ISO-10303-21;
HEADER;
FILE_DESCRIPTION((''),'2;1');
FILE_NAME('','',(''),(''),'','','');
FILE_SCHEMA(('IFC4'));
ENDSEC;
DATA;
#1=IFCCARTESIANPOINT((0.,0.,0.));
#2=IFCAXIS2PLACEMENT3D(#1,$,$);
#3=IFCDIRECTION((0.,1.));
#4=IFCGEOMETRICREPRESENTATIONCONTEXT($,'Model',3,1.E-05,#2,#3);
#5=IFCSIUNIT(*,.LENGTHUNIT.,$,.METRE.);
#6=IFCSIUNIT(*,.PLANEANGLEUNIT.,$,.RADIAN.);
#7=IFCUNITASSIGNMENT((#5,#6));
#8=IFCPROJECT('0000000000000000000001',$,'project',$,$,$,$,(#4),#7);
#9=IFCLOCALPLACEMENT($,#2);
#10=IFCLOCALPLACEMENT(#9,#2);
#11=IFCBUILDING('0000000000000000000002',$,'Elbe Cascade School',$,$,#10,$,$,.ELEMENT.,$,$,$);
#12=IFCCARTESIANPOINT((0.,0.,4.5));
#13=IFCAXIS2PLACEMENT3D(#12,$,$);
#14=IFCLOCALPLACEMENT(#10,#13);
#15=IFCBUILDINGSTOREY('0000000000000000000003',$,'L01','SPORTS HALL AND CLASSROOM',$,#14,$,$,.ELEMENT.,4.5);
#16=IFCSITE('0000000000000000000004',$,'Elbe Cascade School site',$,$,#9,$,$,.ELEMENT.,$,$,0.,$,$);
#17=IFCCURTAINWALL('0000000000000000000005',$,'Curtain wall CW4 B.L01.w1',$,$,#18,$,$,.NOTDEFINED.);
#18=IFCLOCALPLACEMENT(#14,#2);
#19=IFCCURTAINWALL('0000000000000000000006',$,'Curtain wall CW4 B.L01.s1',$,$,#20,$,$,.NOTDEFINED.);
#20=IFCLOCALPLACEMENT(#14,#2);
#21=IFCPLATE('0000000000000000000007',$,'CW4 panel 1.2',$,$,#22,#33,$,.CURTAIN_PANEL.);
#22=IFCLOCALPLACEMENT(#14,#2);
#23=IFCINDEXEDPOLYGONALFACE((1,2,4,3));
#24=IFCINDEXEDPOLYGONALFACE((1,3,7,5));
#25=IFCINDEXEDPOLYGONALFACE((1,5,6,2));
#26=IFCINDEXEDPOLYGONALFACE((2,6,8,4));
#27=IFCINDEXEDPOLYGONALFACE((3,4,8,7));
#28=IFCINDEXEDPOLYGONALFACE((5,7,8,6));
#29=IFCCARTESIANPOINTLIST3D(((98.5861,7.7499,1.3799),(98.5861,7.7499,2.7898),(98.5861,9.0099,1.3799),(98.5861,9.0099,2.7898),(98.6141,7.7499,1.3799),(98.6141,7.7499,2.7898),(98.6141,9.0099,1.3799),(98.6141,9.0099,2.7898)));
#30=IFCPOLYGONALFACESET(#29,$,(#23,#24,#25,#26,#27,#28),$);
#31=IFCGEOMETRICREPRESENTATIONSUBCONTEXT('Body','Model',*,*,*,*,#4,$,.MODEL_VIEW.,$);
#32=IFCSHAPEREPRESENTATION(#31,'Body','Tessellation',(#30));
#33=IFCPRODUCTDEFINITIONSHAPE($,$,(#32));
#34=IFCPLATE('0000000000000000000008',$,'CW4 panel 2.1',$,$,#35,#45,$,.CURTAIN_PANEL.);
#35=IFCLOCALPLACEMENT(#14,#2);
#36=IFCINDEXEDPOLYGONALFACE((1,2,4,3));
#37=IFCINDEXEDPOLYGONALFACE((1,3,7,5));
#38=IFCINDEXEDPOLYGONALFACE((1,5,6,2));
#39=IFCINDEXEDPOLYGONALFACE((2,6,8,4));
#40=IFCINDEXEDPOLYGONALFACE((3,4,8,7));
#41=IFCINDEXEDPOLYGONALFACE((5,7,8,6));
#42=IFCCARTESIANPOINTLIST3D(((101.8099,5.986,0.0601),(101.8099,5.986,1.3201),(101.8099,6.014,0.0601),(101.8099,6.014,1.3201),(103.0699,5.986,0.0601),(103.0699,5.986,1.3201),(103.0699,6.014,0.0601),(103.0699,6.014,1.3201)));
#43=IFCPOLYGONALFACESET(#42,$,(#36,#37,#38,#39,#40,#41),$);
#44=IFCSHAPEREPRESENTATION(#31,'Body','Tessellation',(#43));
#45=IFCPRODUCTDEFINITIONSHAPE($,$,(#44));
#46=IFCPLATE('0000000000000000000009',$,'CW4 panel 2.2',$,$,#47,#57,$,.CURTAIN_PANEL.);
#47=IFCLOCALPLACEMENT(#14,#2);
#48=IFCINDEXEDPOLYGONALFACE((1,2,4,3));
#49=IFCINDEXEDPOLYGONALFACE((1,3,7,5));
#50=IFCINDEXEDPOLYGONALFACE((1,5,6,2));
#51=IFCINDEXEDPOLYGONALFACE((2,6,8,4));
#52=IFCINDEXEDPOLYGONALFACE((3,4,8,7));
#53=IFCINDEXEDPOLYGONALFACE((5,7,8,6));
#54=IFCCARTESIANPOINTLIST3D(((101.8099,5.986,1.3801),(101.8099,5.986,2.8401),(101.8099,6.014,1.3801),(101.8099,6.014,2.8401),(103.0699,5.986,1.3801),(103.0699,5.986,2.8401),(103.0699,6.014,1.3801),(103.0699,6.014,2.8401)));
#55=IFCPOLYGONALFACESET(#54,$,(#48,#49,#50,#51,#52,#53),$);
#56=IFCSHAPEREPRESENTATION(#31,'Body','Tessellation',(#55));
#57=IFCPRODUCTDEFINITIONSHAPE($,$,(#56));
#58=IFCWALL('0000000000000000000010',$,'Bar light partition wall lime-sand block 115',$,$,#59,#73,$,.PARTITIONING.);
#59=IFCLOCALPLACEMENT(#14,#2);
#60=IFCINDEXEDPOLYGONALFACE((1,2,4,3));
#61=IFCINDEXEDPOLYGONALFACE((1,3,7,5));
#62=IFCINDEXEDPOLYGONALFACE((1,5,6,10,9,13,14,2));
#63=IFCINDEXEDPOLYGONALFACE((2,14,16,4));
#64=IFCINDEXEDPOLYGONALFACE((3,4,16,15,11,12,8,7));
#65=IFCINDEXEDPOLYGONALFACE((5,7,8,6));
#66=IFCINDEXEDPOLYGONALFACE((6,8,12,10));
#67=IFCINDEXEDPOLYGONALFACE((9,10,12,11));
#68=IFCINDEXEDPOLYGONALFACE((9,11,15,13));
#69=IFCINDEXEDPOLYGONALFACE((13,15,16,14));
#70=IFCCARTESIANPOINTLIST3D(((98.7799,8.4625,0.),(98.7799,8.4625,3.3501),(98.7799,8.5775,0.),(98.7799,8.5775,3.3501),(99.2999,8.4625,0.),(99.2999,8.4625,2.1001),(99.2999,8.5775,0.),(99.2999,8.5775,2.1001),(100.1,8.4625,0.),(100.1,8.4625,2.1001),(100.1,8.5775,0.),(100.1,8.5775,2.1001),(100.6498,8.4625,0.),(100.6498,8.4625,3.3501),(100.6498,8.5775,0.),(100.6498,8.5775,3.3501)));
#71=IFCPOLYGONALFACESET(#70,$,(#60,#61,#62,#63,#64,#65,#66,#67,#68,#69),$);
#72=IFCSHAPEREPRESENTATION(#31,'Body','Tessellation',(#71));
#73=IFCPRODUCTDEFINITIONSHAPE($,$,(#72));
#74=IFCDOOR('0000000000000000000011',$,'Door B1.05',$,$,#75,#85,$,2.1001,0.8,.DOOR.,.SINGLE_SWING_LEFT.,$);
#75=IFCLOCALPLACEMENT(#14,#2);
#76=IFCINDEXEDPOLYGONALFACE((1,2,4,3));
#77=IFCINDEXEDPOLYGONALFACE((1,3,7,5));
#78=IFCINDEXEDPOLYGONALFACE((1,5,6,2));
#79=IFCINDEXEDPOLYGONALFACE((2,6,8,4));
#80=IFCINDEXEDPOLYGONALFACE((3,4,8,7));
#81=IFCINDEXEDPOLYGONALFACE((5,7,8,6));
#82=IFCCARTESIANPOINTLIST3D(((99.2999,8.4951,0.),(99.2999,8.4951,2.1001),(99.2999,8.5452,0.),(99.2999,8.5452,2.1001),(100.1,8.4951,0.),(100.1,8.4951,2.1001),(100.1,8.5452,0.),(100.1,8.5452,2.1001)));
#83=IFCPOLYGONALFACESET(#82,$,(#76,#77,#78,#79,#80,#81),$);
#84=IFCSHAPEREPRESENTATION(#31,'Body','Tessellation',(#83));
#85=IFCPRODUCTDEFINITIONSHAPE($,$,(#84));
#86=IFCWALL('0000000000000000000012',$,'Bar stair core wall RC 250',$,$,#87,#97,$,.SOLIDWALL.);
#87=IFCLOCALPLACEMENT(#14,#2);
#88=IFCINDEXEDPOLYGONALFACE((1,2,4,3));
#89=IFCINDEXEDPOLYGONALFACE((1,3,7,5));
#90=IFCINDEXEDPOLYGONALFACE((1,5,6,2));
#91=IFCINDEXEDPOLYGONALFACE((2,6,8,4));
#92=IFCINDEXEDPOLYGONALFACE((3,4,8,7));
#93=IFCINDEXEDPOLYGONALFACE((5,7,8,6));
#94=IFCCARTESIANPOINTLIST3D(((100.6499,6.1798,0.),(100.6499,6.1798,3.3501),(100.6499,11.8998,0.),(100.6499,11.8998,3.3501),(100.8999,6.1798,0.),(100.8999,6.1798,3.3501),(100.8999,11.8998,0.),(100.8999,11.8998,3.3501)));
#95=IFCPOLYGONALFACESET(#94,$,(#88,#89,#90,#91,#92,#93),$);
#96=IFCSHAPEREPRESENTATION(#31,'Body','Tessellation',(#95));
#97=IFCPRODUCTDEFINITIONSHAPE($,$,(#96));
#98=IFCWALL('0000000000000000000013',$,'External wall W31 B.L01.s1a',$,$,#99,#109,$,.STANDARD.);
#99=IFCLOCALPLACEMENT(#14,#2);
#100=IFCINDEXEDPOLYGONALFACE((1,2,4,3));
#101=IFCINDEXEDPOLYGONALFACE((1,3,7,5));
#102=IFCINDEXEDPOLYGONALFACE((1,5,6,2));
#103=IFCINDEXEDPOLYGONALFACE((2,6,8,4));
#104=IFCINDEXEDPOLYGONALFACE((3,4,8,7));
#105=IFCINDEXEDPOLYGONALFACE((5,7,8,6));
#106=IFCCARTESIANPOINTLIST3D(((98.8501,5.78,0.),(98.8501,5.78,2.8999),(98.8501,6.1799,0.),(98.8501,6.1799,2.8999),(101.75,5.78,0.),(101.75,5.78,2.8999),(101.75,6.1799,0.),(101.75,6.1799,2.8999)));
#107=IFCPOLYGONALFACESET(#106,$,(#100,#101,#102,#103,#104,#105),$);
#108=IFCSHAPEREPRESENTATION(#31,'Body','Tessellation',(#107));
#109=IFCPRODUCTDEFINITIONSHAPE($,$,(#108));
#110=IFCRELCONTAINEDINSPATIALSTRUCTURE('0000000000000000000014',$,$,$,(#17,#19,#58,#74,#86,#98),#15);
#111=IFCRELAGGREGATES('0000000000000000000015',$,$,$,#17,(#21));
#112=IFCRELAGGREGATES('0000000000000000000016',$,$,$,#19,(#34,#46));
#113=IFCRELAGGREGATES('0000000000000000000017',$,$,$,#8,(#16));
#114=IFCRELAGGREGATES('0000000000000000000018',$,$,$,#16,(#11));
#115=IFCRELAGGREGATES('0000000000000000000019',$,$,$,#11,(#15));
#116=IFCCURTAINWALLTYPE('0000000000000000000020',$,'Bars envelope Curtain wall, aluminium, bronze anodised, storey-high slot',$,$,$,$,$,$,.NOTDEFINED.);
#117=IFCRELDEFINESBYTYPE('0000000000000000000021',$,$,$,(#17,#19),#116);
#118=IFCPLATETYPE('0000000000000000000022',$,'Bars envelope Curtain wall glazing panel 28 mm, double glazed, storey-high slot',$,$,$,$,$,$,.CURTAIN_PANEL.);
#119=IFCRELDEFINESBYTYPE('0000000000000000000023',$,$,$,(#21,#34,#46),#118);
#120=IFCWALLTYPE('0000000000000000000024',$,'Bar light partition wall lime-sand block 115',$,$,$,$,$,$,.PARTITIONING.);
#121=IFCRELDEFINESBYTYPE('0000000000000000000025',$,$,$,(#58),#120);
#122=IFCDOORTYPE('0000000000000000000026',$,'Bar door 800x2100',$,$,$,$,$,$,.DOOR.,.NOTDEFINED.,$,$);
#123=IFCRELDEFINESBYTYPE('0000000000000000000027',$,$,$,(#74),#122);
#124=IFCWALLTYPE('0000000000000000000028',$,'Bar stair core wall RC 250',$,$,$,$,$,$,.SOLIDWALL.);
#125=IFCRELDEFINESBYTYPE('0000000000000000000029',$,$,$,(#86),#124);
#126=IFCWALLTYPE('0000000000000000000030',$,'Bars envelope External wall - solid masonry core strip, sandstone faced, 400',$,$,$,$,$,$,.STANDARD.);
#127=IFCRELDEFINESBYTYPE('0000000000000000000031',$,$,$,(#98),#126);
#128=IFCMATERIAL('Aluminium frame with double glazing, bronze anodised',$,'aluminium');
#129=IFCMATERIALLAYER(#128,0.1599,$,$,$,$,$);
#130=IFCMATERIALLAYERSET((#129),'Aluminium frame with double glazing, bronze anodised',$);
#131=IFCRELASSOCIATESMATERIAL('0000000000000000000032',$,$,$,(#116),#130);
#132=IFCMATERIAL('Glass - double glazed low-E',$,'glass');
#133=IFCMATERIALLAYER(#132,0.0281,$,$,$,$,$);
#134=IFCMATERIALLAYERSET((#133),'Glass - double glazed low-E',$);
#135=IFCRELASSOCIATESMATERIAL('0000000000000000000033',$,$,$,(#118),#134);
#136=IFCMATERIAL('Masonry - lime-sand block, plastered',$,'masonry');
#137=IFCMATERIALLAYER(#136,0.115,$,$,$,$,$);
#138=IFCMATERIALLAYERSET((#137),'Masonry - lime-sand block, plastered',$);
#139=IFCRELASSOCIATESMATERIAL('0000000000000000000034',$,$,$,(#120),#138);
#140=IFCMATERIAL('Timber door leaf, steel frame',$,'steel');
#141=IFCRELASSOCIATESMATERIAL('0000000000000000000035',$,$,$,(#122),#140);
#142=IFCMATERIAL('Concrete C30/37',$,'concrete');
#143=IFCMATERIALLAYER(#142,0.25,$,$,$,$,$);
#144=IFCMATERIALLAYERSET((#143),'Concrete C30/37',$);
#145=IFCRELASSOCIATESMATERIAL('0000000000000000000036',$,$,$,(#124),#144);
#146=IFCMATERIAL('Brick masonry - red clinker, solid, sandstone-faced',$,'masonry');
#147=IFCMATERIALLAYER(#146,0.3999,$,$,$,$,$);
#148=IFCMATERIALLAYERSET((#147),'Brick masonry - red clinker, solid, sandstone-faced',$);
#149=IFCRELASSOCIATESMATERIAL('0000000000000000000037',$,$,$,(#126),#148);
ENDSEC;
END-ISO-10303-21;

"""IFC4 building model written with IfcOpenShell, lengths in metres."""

from ifc_helpers import new_model, si_unit, direction, frame, frame_2d, origin, origin_2d, place, context, subcontext, project, spatial, rectangle, extrude, material, layer, layer_set, type_object, element, fill, aggregate, save


model = new_model("IFC4")

# Units and contexts
model_context = context("Model", 3, precision=1e-05, world=origin(), true_north=direction((0.0, 1.0)))
body_context = subcontext(model_context, "Body", "Model", "MODEL_VIEW")
ifc_project = project(units=[si_unit("LENGTHUNIT", "METRE"), si_unit("PLANEANGLEUNIT", "RADIAN")], contexts=[model_context])

# Site, building, storey
site_placement = place(None, origin())
site = spatial("IfcSite", under=ifc_project, at=site_placement, Name="Elbe Cascade School site", CompositionType="ELEMENT", RefElevation=0.0)
building_placement = place(site_placement, origin())
building = spatial("IfcBuilding", under=site, at=building_placement, Name="Elbe Cascade School", CompositionType="ELEMENT")
storey_placement = place(building_placement, frame((0.0, 0.0, 4.5)))
storey = spatial("IfcBuildingStorey", under=building, at=storey_placement, Name="L01", Description="SPORTS HALL AND CLASSROOM", CompositionType="ELEMENT", Elevation=4.5)

# Curtain wall
ifc_material_1 = material(Name="Aluminium frame with double glazing, bronze anodised", Category="aluminium")
ifc_layer_1 = layer(ifc_material_1, 0.1599)
ifc_layer_set_1 = layer_set([ifc_layer_1], Name="Aluminium frame with double glazing, bronze anodised")
curtain_wall_type = type_object("IfcCurtainWallType", Name="Bars envelope Curtain wall, aluminium, bronze anodised, storey-high slot", PredefinedType="NOTDEFINED", material=ifc_layer_set_1)
curtain_wall_1_placement = place(storey_placement, origin())
curtain_wall_1 = element("IfcCurtainWall", 1, at=curtain_wall_1_placement, inside=storey, type_object=curtain_wall_type, Name="Curtain wall CW4 B.L01.w1", PredefinedType="NOTDEFINED")

# Curtain wall
curtain_wall_2_placement = place(storey_placement, origin())
curtain_wall_2 = element("IfcCurtainWall", 2, at=curtain_wall_2_placement, inside=storey, type_object=curtain_wall_type, Name="Curtain wall CW4 B.L01.s1", PredefinedType="NOTDEFINED")

# Plates
ifc_material_2 = material(Name="Glass - double glazed low-E", Category="glass")
ifc_layer_2 = layer(ifc_material_2, 0.0281)
ifc_layer_set_2 = layer_set([ifc_layer_2], Name="Glass - double glazed low-E")
plate_type = type_object("IfcPlateType", Name="Bars envelope Curtain wall glazing panel 28 mm, double glazed, storey-high slot", PredefinedType="CURTAIN_PANEL", material=ifc_layer_set_2)
plate_1_placement = place(storey_placement, frame((98.6001, 8.3799, 1.3799), z_axis=(0.0, 0.0, 1.0), x_axis=(0.0, 1.0, 0.0)))
plate_1 = element("IfcPlate", 3, at=plate_1_placement, type_object=plate_type, Name="CW4 panel 1.2", PredefinedType="CURTAIN_PANEL", context=body_context, shape_type="SweptSolid", body=[
    extrude(rectangle(XDim=1.26, YDim=0.0281, at=origin_2d()), origin(), (0.0, 0.0, 1.0), 1.4099),
])
aggregate(curtain_wall_1, [plate_1])
plate_2_placement = place(storey_placement, frame((102.4399, 6.0, 0.0601), z_axis=(0.0, 0.0, 1.0), x_axis=(-1.0, 0.0, 0.0)))
plate_2 = element("IfcPlate", 4, at=plate_2_placement, type_object=plate_type, Name="CW4 panel 2.1", PredefinedType="CURTAIN_PANEL", context=body_context, shape_type="SweptSolid", body=[
    extrude(rectangle(XDim=1.26, YDim=0.0281, at=origin_2d()), origin(), (0.0, 0.0, 1.0), 1.26),
])
plate_3_placement = place(storey_placement, frame((102.4399, 6.0, 1.3801), z_axis=(0.0, 0.0, 1.0), x_axis=(-1.0, 0.0, 0.0)))
plate_3 = element("IfcPlate", 5, at=plate_3_placement, type_object=plate_type, Name="CW4 panel 2.2", PredefinedType="CURTAIN_PANEL", context=body_context, shape_type="SweptSolid", body=[
    extrude(rectangle(XDim=1.26, YDim=0.0281, at=origin_2d()), origin(), (0.0, 0.0, 1.0), 1.46),
])
aggregate(curtain_wall_2, [plate_2, plate_3])

# Wall, opening, door
ifc_material_3 = material(Name="Masonry - lime-sand block, plastered", Category="masonry")
ifc_layer_3 = layer(ifc_material_3, 0.115)
ifc_layer_set_3 = layer_set([ifc_layer_3], Name="Masonry - lime-sand block, plastered")
wall_type_1 = type_object("IfcWallType", Name="Bar light partition wall lime-sand block 115", PredefinedType="PARTITIONING", material=ifc_layer_set_3)
wall_1_placement = place(storey_placement, frame((100.6499, 8.52, 0.0), z_axis=(0.0, 0.0, 1.0), x_axis=(-1.0, 0.0, 0.0)))
wall_1 = element("IfcWall", 6, at=wall_1_placement, inside=storey, type_object=wall_type_1, Name="Bar light partition wall lime-sand block 115", PredefinedType="PARTITIONING", context=body_context, shape_type="SweptSolid", body=[
    extrude(rectangle(XDim=1.8699, YDim=0.115, at=frame_2d((0.9351, 0.0))), origin(), (0.0, 0.0, 1.0), 3.3501),
])
opening_placement = place(wall_1_placement, frame((0.55, 0.0, 0.0)))
opening = element("IfcOpeningElement", 7, at=opening_placement, cuts=wall_1, PredefinedType="OPENING", context=body_context, shape_type="SweptSolid", body=[
    extrude(rectangle(XDim=0.8, YDim=2.1001, at=frame_2d((0.3999, 1.05))), frame((0.0, 0.0674, 0.0), z_axis=(0.0, -1.0, 0.0), x_axis=(1.0, 0.0, 0.0)), (0.0, 0.0, 1.0), 0.135),
])
ifc_material_4 = material(Name="Timber door leaf, steel frame", Category="steel")
door_type = type_object("IfcDoorType", Name="Bar door 800x2100", OperationType="NOTDEFINED", PredefinedType="DOOR", material=ifc_material_4)
door_placement = place(opening_placement, origin())
door = element("IfcDoor", 8, at=door_placement, inside=storey, type_object=door_type, Name="Door B1.05", OperationType="SINGLE_SWING_LEFT", OverallHeight=2.1001, OverallWidth=0.8, PredefinedType="DOOR", context=body_context, shape_type="SweptSolid", body=[
    extrude(rectangle(XDim=0.8, YDim=2.1001, at=frame_2d((0.3999, 1.05))), frame((0.0, 0.0249, 0.0), z_axis=(0.0, -1.0, 0.0), x_axis=(1.0, 0.0, 0.0)), (0.0, 0.0, 1.0), 0.05),
])
fill(opening, door)

# Walls
ifc_material_5 = material(Name="Concrete C30/37", Category="concrete")
ifc_layer_4 = layer(ifc_material_5, 0.25)
ifc_layer_set_4 = layer_set([ifc_layer_4], Name="Concrete C30/37")
wall_type_2 = type_object("IfcWallType", Name="Bar stair core wall RC 250", PredefinedType="SOLIDWALL", material=ifc_layer_set_4)
wall_2_placement = place(storey_placement, frame((100.7749, 6.1799, 0.0), z_axis=(0.0, 0.0, 1.0), x_axis=(0.0, 1.0, 0.0)))
element("IfcWall", 9, at=wall_2_placement, inside=storey, type_object=wall_type_2, Name="Bar stair core wall RC 250", PredefinedType="SOLIDWALL", context=body_context, shape_type="SweptSolid", body=[
    extrude(rectangle(XDim=5.72, YDim=0.25, at=frame_2d((2.8599, 0.0))), origin(), (0.0, 0.0, 1.0), 3.3501),
])
ifc_material_6 = material(Name="Brick masonry - red clinker, solid, sandstone-faced", Category="masonry")
ifc_layer_5 = layer(ifc_material_6, 0.3999)
ifc_layer_set_5 = layer_set([ifc_layer_5], Name="Brick masonry - red clinker, solid, sandstone-faced")
wall_type_3 = type_object("IfcWallType", Name="Bars envelope External wall - solid masonry core strip, sandstone faced, 400", PredefinedType="STANDARD", material=ifc_layer_set_5)
wall_3_placement = place(storey_placement, frame((101.75, 5.98, 0.0), z_axis=(0.0, 0.0, 1.0), x_axis=(-1.0, 0.0, 0.0)))
element("IfcWall", 10, at=wall_3_placement, inside=storey, type_object=wall_type_3, Name="External wall W31 B.L01.s1a", PredefinedType="STANDARD", context=body_context, shape_type="SweptSolid", body=[
    extrude(rectangle(XDim=2.8999, YDim=0.3999, at=frame_2d((1.45, 0.0))), origin(), (0.0, 0.0, 1.0), 2.8999),
])

save(model, "model.ifc")
